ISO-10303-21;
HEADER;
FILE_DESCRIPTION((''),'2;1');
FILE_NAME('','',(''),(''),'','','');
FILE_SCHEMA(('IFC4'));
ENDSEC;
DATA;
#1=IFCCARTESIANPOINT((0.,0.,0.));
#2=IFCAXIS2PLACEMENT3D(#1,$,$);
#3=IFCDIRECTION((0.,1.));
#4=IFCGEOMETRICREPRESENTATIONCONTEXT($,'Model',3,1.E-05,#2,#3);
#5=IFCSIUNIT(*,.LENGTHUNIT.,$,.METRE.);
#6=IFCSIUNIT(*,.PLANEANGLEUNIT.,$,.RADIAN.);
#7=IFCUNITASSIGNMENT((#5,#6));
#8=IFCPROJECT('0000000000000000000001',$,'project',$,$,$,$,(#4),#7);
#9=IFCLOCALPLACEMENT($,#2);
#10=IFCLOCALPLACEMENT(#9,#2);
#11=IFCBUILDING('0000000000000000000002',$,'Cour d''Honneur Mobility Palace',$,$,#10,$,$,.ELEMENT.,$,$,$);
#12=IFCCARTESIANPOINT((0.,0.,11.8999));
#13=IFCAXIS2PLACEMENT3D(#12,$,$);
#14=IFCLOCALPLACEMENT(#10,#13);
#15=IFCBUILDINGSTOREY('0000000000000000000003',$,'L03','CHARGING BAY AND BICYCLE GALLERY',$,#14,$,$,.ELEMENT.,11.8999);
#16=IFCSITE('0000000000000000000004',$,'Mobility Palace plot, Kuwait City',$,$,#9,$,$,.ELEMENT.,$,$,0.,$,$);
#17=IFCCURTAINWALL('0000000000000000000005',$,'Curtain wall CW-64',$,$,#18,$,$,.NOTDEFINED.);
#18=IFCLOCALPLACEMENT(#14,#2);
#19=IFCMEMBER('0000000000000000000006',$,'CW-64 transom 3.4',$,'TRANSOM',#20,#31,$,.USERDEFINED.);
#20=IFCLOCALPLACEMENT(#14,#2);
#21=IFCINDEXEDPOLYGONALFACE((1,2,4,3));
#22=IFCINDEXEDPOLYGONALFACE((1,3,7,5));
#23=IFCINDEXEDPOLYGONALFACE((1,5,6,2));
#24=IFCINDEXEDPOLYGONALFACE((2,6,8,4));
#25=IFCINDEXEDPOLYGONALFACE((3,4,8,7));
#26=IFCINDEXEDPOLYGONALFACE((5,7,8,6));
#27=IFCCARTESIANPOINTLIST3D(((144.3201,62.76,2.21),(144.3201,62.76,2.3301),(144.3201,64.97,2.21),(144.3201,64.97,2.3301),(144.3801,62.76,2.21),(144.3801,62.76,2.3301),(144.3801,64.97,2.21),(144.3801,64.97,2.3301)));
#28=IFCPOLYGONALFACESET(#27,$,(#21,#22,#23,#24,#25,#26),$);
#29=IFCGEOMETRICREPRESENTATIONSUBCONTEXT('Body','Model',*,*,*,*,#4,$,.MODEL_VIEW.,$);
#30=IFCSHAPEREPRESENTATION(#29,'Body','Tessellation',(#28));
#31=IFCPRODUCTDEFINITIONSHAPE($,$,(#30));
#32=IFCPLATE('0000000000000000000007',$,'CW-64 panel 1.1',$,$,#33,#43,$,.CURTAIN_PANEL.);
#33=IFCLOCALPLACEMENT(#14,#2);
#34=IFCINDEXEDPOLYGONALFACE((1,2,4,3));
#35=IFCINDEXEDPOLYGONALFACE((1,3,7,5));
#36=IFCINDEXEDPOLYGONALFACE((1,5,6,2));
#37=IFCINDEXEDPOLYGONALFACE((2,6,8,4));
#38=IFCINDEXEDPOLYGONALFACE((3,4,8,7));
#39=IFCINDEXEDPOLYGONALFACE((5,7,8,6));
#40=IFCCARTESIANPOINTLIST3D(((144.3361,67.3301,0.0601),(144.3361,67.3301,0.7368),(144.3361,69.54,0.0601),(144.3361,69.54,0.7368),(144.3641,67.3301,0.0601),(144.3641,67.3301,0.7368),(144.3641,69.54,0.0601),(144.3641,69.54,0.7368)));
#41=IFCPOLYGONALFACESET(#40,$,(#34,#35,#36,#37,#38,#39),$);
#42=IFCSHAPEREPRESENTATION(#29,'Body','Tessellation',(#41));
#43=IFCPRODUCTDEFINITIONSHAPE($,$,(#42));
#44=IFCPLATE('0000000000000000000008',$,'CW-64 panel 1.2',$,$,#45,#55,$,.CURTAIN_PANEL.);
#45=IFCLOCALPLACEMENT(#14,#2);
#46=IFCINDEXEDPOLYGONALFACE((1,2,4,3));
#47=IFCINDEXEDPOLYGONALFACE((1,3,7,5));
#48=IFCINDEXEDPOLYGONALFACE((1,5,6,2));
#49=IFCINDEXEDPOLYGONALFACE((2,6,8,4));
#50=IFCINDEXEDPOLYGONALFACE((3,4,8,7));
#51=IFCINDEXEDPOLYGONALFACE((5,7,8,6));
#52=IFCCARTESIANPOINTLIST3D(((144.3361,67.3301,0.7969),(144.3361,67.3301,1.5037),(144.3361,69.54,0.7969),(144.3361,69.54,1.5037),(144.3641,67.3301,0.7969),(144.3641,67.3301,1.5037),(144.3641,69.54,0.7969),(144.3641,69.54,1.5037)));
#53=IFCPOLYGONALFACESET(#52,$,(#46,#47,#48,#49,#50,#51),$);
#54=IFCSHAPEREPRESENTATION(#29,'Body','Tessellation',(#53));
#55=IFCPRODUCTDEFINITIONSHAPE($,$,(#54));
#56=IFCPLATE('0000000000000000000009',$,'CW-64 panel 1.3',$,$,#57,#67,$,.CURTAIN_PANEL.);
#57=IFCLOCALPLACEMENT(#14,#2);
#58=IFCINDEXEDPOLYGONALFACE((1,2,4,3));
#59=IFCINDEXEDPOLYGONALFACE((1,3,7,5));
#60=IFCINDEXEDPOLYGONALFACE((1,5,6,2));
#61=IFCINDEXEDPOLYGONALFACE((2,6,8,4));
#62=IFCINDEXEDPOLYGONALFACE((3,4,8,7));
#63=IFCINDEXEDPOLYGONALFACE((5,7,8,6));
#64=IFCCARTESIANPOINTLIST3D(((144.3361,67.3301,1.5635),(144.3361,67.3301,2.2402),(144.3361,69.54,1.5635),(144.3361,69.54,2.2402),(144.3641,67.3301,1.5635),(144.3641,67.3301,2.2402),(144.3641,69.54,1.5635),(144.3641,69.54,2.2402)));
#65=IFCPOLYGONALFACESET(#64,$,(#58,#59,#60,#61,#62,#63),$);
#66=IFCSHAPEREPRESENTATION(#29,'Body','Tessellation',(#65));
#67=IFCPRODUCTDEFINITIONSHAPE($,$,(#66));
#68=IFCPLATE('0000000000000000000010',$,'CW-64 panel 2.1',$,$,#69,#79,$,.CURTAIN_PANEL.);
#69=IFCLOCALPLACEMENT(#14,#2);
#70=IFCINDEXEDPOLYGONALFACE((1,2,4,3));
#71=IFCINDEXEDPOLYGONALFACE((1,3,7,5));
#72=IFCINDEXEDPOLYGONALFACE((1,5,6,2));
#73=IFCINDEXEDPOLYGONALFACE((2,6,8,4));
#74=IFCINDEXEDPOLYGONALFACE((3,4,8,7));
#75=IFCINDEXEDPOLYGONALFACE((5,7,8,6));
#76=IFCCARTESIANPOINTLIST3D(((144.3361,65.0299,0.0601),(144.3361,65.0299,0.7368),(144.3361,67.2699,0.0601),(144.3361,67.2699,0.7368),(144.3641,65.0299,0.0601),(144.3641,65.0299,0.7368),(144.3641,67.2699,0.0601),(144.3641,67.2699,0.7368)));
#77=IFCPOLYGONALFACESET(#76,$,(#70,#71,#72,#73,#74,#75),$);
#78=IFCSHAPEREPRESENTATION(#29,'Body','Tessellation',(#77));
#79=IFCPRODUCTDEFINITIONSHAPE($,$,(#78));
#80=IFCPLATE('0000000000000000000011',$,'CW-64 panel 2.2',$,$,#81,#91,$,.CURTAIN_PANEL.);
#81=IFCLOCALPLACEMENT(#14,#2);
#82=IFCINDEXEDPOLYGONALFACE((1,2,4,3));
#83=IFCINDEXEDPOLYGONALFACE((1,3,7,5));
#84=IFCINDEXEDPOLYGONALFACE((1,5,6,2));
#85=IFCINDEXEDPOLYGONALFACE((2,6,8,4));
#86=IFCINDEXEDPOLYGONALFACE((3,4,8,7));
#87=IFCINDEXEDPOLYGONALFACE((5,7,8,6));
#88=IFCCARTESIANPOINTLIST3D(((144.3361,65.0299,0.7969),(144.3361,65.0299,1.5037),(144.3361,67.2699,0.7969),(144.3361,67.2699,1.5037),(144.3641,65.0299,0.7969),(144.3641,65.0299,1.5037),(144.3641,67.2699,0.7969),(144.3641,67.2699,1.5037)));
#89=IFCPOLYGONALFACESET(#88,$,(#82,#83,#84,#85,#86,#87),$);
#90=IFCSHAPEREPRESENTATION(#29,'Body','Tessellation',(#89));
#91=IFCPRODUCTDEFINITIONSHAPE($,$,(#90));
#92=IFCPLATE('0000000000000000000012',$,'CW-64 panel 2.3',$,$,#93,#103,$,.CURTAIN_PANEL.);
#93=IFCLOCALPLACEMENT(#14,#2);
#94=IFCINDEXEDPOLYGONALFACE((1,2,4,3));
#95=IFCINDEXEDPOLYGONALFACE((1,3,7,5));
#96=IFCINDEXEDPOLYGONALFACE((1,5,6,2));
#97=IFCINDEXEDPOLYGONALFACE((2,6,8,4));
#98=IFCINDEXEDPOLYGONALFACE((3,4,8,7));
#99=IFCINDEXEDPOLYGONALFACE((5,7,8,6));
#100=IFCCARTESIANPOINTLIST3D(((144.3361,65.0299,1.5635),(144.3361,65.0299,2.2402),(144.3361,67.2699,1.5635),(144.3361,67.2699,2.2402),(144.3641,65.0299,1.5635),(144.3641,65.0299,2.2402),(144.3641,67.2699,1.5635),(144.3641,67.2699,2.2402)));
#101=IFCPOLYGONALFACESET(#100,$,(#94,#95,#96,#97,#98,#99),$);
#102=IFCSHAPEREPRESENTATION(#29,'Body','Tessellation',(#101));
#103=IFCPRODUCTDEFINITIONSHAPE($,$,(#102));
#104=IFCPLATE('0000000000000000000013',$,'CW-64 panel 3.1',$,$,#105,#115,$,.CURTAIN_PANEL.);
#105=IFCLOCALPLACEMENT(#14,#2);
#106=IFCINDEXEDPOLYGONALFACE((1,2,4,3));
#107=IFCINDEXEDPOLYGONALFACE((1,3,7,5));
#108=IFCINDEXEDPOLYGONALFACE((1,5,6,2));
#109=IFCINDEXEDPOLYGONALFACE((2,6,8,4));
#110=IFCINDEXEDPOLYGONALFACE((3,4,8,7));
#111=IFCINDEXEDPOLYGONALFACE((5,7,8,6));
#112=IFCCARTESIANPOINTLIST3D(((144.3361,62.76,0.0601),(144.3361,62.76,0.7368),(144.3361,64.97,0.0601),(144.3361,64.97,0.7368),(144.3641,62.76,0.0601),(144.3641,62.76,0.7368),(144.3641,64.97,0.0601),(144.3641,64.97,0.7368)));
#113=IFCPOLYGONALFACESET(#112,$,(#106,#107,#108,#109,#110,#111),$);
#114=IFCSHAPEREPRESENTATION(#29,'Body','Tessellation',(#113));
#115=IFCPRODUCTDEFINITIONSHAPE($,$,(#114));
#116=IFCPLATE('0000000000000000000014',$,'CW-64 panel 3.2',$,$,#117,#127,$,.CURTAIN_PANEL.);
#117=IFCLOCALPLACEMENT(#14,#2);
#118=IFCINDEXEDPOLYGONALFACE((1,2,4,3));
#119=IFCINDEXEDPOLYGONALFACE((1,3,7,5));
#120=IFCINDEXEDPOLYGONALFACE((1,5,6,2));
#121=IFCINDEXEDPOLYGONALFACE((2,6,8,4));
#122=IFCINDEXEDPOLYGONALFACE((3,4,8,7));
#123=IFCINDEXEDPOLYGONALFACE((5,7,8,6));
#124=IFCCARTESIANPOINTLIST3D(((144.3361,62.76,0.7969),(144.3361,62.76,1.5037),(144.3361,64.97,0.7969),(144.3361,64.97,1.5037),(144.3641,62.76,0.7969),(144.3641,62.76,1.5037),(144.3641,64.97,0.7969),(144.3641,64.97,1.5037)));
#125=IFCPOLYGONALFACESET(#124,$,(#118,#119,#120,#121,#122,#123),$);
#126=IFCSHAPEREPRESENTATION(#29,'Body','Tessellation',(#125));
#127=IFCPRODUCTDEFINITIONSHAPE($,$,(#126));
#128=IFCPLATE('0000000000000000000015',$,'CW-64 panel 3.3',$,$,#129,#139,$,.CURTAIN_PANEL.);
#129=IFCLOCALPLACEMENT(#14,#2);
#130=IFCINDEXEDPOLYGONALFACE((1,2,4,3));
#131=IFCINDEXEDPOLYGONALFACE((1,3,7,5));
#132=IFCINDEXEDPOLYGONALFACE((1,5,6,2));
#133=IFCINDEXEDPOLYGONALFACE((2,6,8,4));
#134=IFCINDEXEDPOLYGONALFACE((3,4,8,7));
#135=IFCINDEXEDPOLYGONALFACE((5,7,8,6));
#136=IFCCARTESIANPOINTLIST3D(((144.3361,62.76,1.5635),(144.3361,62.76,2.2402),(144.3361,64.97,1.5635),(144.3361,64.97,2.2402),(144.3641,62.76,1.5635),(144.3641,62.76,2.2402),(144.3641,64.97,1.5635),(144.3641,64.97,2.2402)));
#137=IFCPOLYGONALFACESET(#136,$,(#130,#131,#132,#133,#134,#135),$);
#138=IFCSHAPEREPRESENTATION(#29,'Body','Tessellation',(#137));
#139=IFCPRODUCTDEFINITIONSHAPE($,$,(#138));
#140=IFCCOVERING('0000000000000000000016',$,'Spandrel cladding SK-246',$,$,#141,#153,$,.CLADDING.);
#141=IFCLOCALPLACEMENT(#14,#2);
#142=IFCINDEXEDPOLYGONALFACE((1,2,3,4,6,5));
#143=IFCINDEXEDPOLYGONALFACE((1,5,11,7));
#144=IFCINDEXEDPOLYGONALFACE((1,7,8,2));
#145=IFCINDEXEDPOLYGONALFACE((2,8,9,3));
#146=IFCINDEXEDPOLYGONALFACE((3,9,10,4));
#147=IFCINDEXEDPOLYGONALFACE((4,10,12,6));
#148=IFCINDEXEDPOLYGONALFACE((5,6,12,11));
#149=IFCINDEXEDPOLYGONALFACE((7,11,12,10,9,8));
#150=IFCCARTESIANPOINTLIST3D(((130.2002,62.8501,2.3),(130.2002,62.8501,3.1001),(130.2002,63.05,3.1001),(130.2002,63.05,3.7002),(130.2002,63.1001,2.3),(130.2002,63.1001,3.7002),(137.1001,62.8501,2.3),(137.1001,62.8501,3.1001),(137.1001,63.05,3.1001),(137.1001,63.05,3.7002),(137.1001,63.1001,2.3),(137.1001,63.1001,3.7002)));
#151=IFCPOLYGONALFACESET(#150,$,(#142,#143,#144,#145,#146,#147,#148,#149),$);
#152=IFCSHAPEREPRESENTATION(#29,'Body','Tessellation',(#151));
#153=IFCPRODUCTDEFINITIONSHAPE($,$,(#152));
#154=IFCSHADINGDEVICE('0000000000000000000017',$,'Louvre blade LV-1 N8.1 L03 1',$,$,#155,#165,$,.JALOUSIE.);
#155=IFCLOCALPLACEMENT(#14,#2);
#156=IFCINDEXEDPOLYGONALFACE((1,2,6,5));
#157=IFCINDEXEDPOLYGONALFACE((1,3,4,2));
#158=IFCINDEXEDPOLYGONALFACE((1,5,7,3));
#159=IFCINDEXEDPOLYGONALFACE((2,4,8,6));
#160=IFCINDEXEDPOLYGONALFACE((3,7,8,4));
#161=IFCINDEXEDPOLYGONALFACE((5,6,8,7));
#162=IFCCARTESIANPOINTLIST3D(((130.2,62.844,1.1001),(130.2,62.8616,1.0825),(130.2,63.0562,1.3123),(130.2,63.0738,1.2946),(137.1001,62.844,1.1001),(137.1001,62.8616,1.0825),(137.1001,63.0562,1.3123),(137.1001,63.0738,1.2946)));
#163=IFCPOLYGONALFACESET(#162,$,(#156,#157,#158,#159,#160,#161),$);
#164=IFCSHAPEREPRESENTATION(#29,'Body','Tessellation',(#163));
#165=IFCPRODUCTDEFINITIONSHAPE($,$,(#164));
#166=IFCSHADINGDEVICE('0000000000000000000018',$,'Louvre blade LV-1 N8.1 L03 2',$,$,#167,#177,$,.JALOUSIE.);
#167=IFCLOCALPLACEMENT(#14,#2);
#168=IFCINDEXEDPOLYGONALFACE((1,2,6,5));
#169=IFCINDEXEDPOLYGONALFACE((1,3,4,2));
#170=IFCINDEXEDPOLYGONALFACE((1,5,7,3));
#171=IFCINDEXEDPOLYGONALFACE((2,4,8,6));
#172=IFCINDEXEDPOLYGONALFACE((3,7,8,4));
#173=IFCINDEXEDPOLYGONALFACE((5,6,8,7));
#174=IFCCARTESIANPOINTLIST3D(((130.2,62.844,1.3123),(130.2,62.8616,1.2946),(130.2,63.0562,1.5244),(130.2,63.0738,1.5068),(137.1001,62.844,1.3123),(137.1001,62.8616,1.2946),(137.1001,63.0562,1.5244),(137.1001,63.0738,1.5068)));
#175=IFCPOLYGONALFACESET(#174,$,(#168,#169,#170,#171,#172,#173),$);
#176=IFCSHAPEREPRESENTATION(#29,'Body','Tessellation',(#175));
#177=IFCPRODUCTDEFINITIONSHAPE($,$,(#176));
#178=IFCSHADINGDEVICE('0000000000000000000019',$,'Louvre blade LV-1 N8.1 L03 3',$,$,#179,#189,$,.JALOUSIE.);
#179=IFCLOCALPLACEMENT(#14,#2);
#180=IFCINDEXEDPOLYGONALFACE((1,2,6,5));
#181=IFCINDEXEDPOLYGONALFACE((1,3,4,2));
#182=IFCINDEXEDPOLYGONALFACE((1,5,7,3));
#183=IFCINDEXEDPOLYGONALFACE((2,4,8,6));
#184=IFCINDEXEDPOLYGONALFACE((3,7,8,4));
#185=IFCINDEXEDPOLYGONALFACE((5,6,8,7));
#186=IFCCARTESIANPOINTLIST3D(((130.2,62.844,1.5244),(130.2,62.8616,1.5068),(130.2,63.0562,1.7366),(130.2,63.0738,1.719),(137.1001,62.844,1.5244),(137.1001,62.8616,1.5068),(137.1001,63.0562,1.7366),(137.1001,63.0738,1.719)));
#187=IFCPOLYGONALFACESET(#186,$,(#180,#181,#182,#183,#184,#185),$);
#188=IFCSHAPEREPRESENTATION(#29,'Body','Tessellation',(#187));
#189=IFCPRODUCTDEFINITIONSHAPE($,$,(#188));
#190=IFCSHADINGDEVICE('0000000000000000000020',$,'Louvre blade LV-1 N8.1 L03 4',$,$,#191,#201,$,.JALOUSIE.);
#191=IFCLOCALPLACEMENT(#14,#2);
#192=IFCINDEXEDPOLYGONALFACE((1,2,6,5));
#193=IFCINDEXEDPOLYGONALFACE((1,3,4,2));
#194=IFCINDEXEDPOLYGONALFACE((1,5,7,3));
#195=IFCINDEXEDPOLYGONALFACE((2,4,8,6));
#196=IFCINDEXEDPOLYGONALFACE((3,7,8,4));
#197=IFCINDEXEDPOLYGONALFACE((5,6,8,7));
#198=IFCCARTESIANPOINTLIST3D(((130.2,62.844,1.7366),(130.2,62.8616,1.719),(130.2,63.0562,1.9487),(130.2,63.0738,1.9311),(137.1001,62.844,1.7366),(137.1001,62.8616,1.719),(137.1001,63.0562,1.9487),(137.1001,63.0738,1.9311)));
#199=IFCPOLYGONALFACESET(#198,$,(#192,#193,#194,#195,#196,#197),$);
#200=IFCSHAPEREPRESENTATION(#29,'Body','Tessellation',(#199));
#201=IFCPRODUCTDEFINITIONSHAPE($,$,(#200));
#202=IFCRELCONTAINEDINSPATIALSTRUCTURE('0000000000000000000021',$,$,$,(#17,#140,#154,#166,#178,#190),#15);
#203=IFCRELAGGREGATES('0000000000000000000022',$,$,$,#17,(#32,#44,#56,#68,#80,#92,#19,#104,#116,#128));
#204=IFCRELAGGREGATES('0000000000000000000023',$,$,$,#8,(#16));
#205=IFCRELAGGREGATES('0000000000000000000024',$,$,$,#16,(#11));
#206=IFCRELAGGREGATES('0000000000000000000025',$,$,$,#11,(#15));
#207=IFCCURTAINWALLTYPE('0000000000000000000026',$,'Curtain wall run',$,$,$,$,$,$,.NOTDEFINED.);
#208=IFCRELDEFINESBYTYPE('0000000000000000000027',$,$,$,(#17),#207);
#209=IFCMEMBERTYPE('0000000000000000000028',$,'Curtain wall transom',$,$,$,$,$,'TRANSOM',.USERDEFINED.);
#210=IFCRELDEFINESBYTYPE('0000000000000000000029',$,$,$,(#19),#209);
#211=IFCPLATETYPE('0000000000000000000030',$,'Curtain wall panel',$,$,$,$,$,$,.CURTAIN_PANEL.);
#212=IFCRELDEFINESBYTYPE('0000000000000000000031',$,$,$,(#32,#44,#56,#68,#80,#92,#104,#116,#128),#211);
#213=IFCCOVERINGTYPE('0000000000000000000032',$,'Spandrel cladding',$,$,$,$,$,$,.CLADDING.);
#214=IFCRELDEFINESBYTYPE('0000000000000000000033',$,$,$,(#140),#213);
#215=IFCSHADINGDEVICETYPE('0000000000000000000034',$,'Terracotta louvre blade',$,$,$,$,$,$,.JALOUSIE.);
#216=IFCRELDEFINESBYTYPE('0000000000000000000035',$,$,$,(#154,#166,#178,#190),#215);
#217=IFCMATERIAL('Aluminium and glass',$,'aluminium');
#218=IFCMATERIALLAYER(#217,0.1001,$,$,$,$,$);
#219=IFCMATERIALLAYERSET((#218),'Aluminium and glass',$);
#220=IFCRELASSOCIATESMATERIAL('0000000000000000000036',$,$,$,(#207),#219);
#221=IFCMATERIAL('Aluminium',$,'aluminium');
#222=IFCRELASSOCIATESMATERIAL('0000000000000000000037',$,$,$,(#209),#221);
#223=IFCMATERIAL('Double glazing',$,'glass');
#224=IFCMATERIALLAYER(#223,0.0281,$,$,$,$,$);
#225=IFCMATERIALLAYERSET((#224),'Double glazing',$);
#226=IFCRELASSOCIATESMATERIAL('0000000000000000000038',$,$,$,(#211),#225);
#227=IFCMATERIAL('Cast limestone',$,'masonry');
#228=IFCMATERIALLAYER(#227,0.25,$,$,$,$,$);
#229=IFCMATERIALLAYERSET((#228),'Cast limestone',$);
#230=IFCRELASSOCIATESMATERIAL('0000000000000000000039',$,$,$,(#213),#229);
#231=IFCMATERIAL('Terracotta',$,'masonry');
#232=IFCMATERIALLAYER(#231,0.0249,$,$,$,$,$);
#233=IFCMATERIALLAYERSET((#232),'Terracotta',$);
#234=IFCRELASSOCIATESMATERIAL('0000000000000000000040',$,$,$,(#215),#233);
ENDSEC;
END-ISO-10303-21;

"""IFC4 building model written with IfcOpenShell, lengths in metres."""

from ifc_helpers import new_model, si_unit, direction, frame, origin, origin_2d, place, context, subcontext, project, spatial, polyline, rectangle, outline, extrude, material, layer, layer_set, material_profile, profile_set, type_object, element, aggregate, save


model = new_model("IFC4")

# Units and contexts
model_context = context("Model", 3, precision=1e-05, world=origin(), true_north=direction((0.0, 1.0)))
body_context = subcontext(model_context, "Body", "Model", "MODEL_VIEW")
ifc_project = project(units=[si_unit("LENGTHUNIT", "METRE"), si_unit("PLANEANGLEUNIT", "RADIAN")], contexts=[model_context])

# Site, building, storey
site_placement = place(None, origin())
site = spatial("IfcSite", under=ifc_project, at=site_placement, Name="Mobility Palace plot, Kuwait City", CompositionType="ELEMENT", RefElevation=0.0)
building_placement = place(site_placement, origin())
building = spatial("IfcBuilding", under=site, at=building_placement, Name="Cour d'Honneur Mobility Palace", CompositionType="ELEMENT")
storey_placement = place(building_placement, frame((0.0, 0.0, 11.8999)))
storey = spatial("IfcBuildingStorey", under=building, at=storey_placement, Name="L03", Description="CHARGING BAY AND BICYCLE GALLERY", CompositionType="ELEMENT", Elevation=11.8999)

# Shared definitions
ifc_material_1 = material(Name="Aluminium and glass", Category="aluminium")
ifc_layer_1 = layer(ifc_material_1, 0.1001)
ifc_layer_set_1 = layer_set([ifc_layer_1], Name="Aluminium and glass")
curtain_wall_type = type_object("IfcCurtainWallType", Name="Curtain wall run", PredefinedType="NOTDEFINED", material=ifc_layer_set_1)

# Curtain wall, member, plates
curtain_wall_1_placement = place(storey_placement, origin())
curtain_wall_1 = element("IfcCurtainWall", 1, at=curtain_wall_1_placement, inside=storey, type_object=curtain_wall_type, Name="Curtain wall CW-64", PredefinedType="NOTDEFINED")
ifc_material_2 = material(Name="Aluminium", Category="aluminium")
ifc_material_profile_1 = material_profile(ifc_material_2, rectangle(XDim=0.0601, YDim=0.1201, at=origin_2d()), Name="Curtain wall transom")
ifc_profile_set_1 = profile_set([ifc_material_profile_1], Name="Aluminium")
member_type_1 = type_object("IfcMemberType", Name="Curtain wall transom", ElementType="TRANSOM", PredefinedType="USERDEFINED", material=ifc_profile_set_1)
member_1_placement = place(storey_placement, frame((144.3501, 64.97, 2.27), z_axis=(0.0, -1.0, 0.0), x_axis=(1.0, 0.0, 0.0)))
member_1 = element("IfcMember", 2, at=member_1_placement, type_object=member_type_1, Name="CW-64 transom 3.4", ObjectType="TRANSOM", PredefinedType="USERDEFINED", context=body_context, shape_type="SweptSolid", body=[
    extrude(rectangle(XDim=0.0601, YDim=0.1201, at=origin_2d()), origin(), (0.0, 0.0, 1.0), 2.21),
])
ifc_material_3 = material(Name="Double glazing", Category="glass")
ifc_layer_2 = layer(ifc_material_3, 0.0281)
ifc_layer_set_2 = layer_set([ifc_layer_2], Name="Double glazing")
plate_type = type_object("IfcPlateType", Name="Curtain wall panel", PredefinedType="CURTAIN_PANEL", material=ifc_layer_set_2)
plate_1_placement = place(storey_placement, frame((144.3501, 68.4351, 0.0601), z_axis=(0.0, 0.0, 1.0), x_axis=(0.0, -1.0, 0.0)))
plate_1 = element("IfcPlate", 3, at=plate_1_placement, type_object=plate_type, Name="CW-64 panel 1.1", PredefinedType="CURTAIN_PANEL", context=body_context, shape_type="SweptSolid", body=[
    extrude(rectangle(XDim=2.21, YDim=0.0281, at=origin_2d()), origin(), (0.0, 0.0, 1.0), 0.6768),
])
plate_2_placement = place(storey_placement, frame((144.3501, 68.4351, 0.7969), z_axis=(0.0, 0.0, 1.0), x_axis=(0.0, -1.0, 0.0)))
plate_2 = element("IfcPlate", 4, at=plate_2_placement, type_object=plate_type, Name="CW-64 panel 1.2", PredefinedType="CURTAIN_PANEL", context=body_context, shape_type="SweptSolid", body=[
    extrude(rectangle(XDim=2.21, YDim=0.0281, at=origin_2d()), origin(), (0.0, 0.0, 1.0), 0.7068),
])
plate_3_placement = place(storey_placement, frame((144.3501, 68.4351, 1.5635), z_axis=(0.0, 0.0, 1.0), x_axis=(0.0, -1.0, 0.0)))
plate_3 = element("IfcPlate", 5, at=plate_3_placement, type_object=plate_type, Name="CW-64 panel 1.3", PredefinedType="CURTAIN_PANEL", context=body_context, shape_type="SweptSolid", body=[
    extrude(rectangle(XDim=2.21, YDim=0.0281, at=origin_2d()), origin(), (0.0, 0.0, 1.0), 0.6768),
])
plate_4_placement = place(storey_placement, frame((144.3501, 66.1499, 0.0601), z_axis=(0.0, 0.0, 1.0), x_axis=(0.0, -1.0, 0.0)))
plate_4 = element("IfcPlate", 6, at=plate_4_placement, type_object=plate_type, Name="CW-64 panel 2.1", PredefinedType="CURTAIN_PANEL", context=body_context, shape_type="SweptSolid", body=[
    extrude(rectangle(XDim=2.24, YDim=0.0281, at=origin_2d()), origin(), (0.0, 0.0, 1.0), 0.6768),
])
plate_5_placement = place(storey_placement, frame((144.3501, 66.1499, 0.7969), z_axis=(0.0, 0.0, 1.0), x_axis=(0.0, -1.0, 0.0)))
plate_5 = element("IfcPlate", 7, at=plate_5_placement, type_object=plate_type, Name="CW-64 panel 2.2", PredefinedType="CURTAIN_PANEL", context=body_context, shape_type="SweptSolid", body=[
    extrude(rectangle(XDim=2.24, YDim=0.0281, at=origin_2d()), origin(), (0.0, 0.0, 1.0), 0.7068),
])
plate_6_placement = place(storey_placement, frame((144.3501, 66.1499, 1.5635), z_axis=(0.0, 0.0, 1.0), x_axis=(0.0, -1.0, 0.0)))
plate_6 = element("IfcPlate", 8, at=plate_6_placement, type_object=plate_type, Name="CW-64 panel 2.3", PredefinedType="CURTAIN_PANEL", context=body_context, shape_type="SweptSolid", body=[
    extrude(rectangle(XDim=2.24, YDim=0.0281, at=origin_2d()), origin(), (0.0, 0.0, 1.0), 0.6768),
])
plate_7_placement = place(storey_placement, frame((144.3501, 63.865, 0.0601), z_axis=(0.0, 0.0, 1.0), x_axis=(0.0, -1.0, 0.0)))
plate_7 = element("IfcPlate", 9, at=plate_7_placement, type_object=plate_type, Name="CW-64 panel 3.1", PredefinedType="CURTAIN_PANEL", context=body_context, shape_type="SweptSolid", body=[
    extrude(rectangle(XDim=2.21, YDim=0.0281, at=origin_2d()), origin(), (0.0, 0.0, 1.0), 0.6768),
])
plate_8_placement = place(storey_placement, frame((144.3501, 63.865, 0.7969), z_axis=(0.0, 0.0, 1.0), x_axis=(0.0, -1.0, 0.0)))
plate_8 = element("IfcPlate", 10, at=plate_8_placement, type_object=plate_type, Name="CW-64 panel 3.2", PredefinedType="CURTAIN_PANEL", context=body_context, shape_type="SweptSolid", body=[
    extrude(rectangle(XDim=2.21, YDim=0.0281, at=origin_2d()), origin(), (0.0, 0.0, 1.0), 0.7068),
])
plate_9_placement = place(storey_placement, frame((144.3501, 63.865, 1.5635), z_axis=(0.0, 0.0, 1.0), x_axis=(0.0, -1.0, 0.0)))
plate_9 = element("IfcPlate", 11, at=plate_9_placement, type_object=plate_type, Name="CW-64 panel 3.3", PredefinedType="CURTAIN_PANEL", context=body_context, shape_type="SweptSolid", body=[
    extrude(rectangle(XDim=2.21, YDim=0.0281, at=origin_2d()), origin(), (0.0, 0.0, 1.0), 0.6768),
])
aggregate(curtain_wall_1, [plate_1, plate_2, plate_3, plate_4, plate_5, plate_6, member_1, plate_7, plate_8, plate_9])

# Covering
ifc_material_4 = material(Name="Cast limestone", Category="masonry")
ifc_layer_3 = layer(ifc_material_4, 0.25)
ifc_layer_set_3 = layer_set([ifc_layer_3], Name="Cast limestone")
covering_type = type_object("IfcCoveringType", Name="Spandrel cladding", PredefinedType="CLADDING", material=ifc_layer_set_3)
covering_placement = place(storey_placement, frame((137.1001, 62.8501, 2.3), z_axis=(1.0, 0.0, 0.0), x_axis=(0.0, 1.0, 0.0)))
element("IfcCovering", 12, at=covering_placement, inside=storey, type_object=covering_type, Name="Spandrel cladding SK-246", PredefinedType="CLADDING", context=body_context, shape_type="SweptSolid", body=[
    extrude(outline(polyline([(0.0, 0.0), (0.25, 0.0), (0.25, 1.4001), (0.2, 1.4001), (0.2, 0.8), (0.0, 0.8), (0.0, 0.0)])), origin(), (0.0, 0.0, -1.0), 6.8999),
])

# Shading devices
ifc_material_5 = material(Name="Terracotta", Category="masonry")
ifc_layer_4 = layer(ifc_material_5, 0.0249)
ifc_layer_set_4 = layer_set([ifc_layer_4], Name="Terracotta")
shading_device_type = type_object("IfcShadingDeviceType", Name="Terracotta louvre blade", PredefinedType="JALOUSIE", material=ifc_layer_set_4)
for number, where, z_axis, x_axis, name in (
    (13, (137.1001, 62.844, 1.1001), (0.0, -0.707107, 0.707107), (-1.0, 0.0, 0.0), "Louvre blade LV-1 N8.1 L03 1"),
    (14, (137.1001, 62.844, 1.3123), (0.0, -0.707107, 0.707107), (-1.0, 0.0, 0.0), "Louvre blade LV-1 N8.1 L03 2"),
    (15, (137.1001, 62.844, 1.5244), (0.0, -0.707107, 0.707107), (-1.0, 0.0, 0.0), "Louvre blade LV-1 N8.1 L03 3"),
    (16, (137.1001, 62.844, 1.7366), (0.0, -0.707107, 0.707107), (-1.0, 0.0, 0.0), "Louvre blade LV-1 N8.1 L03 4"),
):
    element("IfcShadingDevice", number, at=place(storey_placement, frame(where, z_axis=z_axis, x_axis=x_axis)), inside=storey, type_object=shading_device_type, Name=name, PredefinedType="JALOUSIE", context=body_context, shape_type="SweptSolid", body=[
        extrude(outline(polyline([(0.0, 0.0), (6.9001, 0.0), (6.9001, -0.3), (0.0, -0.3), (0.0, 0.0)])), origin(), (0.0, 0.0, -1.0), 0.0249),
    ])

save(model, "model.ifc")
